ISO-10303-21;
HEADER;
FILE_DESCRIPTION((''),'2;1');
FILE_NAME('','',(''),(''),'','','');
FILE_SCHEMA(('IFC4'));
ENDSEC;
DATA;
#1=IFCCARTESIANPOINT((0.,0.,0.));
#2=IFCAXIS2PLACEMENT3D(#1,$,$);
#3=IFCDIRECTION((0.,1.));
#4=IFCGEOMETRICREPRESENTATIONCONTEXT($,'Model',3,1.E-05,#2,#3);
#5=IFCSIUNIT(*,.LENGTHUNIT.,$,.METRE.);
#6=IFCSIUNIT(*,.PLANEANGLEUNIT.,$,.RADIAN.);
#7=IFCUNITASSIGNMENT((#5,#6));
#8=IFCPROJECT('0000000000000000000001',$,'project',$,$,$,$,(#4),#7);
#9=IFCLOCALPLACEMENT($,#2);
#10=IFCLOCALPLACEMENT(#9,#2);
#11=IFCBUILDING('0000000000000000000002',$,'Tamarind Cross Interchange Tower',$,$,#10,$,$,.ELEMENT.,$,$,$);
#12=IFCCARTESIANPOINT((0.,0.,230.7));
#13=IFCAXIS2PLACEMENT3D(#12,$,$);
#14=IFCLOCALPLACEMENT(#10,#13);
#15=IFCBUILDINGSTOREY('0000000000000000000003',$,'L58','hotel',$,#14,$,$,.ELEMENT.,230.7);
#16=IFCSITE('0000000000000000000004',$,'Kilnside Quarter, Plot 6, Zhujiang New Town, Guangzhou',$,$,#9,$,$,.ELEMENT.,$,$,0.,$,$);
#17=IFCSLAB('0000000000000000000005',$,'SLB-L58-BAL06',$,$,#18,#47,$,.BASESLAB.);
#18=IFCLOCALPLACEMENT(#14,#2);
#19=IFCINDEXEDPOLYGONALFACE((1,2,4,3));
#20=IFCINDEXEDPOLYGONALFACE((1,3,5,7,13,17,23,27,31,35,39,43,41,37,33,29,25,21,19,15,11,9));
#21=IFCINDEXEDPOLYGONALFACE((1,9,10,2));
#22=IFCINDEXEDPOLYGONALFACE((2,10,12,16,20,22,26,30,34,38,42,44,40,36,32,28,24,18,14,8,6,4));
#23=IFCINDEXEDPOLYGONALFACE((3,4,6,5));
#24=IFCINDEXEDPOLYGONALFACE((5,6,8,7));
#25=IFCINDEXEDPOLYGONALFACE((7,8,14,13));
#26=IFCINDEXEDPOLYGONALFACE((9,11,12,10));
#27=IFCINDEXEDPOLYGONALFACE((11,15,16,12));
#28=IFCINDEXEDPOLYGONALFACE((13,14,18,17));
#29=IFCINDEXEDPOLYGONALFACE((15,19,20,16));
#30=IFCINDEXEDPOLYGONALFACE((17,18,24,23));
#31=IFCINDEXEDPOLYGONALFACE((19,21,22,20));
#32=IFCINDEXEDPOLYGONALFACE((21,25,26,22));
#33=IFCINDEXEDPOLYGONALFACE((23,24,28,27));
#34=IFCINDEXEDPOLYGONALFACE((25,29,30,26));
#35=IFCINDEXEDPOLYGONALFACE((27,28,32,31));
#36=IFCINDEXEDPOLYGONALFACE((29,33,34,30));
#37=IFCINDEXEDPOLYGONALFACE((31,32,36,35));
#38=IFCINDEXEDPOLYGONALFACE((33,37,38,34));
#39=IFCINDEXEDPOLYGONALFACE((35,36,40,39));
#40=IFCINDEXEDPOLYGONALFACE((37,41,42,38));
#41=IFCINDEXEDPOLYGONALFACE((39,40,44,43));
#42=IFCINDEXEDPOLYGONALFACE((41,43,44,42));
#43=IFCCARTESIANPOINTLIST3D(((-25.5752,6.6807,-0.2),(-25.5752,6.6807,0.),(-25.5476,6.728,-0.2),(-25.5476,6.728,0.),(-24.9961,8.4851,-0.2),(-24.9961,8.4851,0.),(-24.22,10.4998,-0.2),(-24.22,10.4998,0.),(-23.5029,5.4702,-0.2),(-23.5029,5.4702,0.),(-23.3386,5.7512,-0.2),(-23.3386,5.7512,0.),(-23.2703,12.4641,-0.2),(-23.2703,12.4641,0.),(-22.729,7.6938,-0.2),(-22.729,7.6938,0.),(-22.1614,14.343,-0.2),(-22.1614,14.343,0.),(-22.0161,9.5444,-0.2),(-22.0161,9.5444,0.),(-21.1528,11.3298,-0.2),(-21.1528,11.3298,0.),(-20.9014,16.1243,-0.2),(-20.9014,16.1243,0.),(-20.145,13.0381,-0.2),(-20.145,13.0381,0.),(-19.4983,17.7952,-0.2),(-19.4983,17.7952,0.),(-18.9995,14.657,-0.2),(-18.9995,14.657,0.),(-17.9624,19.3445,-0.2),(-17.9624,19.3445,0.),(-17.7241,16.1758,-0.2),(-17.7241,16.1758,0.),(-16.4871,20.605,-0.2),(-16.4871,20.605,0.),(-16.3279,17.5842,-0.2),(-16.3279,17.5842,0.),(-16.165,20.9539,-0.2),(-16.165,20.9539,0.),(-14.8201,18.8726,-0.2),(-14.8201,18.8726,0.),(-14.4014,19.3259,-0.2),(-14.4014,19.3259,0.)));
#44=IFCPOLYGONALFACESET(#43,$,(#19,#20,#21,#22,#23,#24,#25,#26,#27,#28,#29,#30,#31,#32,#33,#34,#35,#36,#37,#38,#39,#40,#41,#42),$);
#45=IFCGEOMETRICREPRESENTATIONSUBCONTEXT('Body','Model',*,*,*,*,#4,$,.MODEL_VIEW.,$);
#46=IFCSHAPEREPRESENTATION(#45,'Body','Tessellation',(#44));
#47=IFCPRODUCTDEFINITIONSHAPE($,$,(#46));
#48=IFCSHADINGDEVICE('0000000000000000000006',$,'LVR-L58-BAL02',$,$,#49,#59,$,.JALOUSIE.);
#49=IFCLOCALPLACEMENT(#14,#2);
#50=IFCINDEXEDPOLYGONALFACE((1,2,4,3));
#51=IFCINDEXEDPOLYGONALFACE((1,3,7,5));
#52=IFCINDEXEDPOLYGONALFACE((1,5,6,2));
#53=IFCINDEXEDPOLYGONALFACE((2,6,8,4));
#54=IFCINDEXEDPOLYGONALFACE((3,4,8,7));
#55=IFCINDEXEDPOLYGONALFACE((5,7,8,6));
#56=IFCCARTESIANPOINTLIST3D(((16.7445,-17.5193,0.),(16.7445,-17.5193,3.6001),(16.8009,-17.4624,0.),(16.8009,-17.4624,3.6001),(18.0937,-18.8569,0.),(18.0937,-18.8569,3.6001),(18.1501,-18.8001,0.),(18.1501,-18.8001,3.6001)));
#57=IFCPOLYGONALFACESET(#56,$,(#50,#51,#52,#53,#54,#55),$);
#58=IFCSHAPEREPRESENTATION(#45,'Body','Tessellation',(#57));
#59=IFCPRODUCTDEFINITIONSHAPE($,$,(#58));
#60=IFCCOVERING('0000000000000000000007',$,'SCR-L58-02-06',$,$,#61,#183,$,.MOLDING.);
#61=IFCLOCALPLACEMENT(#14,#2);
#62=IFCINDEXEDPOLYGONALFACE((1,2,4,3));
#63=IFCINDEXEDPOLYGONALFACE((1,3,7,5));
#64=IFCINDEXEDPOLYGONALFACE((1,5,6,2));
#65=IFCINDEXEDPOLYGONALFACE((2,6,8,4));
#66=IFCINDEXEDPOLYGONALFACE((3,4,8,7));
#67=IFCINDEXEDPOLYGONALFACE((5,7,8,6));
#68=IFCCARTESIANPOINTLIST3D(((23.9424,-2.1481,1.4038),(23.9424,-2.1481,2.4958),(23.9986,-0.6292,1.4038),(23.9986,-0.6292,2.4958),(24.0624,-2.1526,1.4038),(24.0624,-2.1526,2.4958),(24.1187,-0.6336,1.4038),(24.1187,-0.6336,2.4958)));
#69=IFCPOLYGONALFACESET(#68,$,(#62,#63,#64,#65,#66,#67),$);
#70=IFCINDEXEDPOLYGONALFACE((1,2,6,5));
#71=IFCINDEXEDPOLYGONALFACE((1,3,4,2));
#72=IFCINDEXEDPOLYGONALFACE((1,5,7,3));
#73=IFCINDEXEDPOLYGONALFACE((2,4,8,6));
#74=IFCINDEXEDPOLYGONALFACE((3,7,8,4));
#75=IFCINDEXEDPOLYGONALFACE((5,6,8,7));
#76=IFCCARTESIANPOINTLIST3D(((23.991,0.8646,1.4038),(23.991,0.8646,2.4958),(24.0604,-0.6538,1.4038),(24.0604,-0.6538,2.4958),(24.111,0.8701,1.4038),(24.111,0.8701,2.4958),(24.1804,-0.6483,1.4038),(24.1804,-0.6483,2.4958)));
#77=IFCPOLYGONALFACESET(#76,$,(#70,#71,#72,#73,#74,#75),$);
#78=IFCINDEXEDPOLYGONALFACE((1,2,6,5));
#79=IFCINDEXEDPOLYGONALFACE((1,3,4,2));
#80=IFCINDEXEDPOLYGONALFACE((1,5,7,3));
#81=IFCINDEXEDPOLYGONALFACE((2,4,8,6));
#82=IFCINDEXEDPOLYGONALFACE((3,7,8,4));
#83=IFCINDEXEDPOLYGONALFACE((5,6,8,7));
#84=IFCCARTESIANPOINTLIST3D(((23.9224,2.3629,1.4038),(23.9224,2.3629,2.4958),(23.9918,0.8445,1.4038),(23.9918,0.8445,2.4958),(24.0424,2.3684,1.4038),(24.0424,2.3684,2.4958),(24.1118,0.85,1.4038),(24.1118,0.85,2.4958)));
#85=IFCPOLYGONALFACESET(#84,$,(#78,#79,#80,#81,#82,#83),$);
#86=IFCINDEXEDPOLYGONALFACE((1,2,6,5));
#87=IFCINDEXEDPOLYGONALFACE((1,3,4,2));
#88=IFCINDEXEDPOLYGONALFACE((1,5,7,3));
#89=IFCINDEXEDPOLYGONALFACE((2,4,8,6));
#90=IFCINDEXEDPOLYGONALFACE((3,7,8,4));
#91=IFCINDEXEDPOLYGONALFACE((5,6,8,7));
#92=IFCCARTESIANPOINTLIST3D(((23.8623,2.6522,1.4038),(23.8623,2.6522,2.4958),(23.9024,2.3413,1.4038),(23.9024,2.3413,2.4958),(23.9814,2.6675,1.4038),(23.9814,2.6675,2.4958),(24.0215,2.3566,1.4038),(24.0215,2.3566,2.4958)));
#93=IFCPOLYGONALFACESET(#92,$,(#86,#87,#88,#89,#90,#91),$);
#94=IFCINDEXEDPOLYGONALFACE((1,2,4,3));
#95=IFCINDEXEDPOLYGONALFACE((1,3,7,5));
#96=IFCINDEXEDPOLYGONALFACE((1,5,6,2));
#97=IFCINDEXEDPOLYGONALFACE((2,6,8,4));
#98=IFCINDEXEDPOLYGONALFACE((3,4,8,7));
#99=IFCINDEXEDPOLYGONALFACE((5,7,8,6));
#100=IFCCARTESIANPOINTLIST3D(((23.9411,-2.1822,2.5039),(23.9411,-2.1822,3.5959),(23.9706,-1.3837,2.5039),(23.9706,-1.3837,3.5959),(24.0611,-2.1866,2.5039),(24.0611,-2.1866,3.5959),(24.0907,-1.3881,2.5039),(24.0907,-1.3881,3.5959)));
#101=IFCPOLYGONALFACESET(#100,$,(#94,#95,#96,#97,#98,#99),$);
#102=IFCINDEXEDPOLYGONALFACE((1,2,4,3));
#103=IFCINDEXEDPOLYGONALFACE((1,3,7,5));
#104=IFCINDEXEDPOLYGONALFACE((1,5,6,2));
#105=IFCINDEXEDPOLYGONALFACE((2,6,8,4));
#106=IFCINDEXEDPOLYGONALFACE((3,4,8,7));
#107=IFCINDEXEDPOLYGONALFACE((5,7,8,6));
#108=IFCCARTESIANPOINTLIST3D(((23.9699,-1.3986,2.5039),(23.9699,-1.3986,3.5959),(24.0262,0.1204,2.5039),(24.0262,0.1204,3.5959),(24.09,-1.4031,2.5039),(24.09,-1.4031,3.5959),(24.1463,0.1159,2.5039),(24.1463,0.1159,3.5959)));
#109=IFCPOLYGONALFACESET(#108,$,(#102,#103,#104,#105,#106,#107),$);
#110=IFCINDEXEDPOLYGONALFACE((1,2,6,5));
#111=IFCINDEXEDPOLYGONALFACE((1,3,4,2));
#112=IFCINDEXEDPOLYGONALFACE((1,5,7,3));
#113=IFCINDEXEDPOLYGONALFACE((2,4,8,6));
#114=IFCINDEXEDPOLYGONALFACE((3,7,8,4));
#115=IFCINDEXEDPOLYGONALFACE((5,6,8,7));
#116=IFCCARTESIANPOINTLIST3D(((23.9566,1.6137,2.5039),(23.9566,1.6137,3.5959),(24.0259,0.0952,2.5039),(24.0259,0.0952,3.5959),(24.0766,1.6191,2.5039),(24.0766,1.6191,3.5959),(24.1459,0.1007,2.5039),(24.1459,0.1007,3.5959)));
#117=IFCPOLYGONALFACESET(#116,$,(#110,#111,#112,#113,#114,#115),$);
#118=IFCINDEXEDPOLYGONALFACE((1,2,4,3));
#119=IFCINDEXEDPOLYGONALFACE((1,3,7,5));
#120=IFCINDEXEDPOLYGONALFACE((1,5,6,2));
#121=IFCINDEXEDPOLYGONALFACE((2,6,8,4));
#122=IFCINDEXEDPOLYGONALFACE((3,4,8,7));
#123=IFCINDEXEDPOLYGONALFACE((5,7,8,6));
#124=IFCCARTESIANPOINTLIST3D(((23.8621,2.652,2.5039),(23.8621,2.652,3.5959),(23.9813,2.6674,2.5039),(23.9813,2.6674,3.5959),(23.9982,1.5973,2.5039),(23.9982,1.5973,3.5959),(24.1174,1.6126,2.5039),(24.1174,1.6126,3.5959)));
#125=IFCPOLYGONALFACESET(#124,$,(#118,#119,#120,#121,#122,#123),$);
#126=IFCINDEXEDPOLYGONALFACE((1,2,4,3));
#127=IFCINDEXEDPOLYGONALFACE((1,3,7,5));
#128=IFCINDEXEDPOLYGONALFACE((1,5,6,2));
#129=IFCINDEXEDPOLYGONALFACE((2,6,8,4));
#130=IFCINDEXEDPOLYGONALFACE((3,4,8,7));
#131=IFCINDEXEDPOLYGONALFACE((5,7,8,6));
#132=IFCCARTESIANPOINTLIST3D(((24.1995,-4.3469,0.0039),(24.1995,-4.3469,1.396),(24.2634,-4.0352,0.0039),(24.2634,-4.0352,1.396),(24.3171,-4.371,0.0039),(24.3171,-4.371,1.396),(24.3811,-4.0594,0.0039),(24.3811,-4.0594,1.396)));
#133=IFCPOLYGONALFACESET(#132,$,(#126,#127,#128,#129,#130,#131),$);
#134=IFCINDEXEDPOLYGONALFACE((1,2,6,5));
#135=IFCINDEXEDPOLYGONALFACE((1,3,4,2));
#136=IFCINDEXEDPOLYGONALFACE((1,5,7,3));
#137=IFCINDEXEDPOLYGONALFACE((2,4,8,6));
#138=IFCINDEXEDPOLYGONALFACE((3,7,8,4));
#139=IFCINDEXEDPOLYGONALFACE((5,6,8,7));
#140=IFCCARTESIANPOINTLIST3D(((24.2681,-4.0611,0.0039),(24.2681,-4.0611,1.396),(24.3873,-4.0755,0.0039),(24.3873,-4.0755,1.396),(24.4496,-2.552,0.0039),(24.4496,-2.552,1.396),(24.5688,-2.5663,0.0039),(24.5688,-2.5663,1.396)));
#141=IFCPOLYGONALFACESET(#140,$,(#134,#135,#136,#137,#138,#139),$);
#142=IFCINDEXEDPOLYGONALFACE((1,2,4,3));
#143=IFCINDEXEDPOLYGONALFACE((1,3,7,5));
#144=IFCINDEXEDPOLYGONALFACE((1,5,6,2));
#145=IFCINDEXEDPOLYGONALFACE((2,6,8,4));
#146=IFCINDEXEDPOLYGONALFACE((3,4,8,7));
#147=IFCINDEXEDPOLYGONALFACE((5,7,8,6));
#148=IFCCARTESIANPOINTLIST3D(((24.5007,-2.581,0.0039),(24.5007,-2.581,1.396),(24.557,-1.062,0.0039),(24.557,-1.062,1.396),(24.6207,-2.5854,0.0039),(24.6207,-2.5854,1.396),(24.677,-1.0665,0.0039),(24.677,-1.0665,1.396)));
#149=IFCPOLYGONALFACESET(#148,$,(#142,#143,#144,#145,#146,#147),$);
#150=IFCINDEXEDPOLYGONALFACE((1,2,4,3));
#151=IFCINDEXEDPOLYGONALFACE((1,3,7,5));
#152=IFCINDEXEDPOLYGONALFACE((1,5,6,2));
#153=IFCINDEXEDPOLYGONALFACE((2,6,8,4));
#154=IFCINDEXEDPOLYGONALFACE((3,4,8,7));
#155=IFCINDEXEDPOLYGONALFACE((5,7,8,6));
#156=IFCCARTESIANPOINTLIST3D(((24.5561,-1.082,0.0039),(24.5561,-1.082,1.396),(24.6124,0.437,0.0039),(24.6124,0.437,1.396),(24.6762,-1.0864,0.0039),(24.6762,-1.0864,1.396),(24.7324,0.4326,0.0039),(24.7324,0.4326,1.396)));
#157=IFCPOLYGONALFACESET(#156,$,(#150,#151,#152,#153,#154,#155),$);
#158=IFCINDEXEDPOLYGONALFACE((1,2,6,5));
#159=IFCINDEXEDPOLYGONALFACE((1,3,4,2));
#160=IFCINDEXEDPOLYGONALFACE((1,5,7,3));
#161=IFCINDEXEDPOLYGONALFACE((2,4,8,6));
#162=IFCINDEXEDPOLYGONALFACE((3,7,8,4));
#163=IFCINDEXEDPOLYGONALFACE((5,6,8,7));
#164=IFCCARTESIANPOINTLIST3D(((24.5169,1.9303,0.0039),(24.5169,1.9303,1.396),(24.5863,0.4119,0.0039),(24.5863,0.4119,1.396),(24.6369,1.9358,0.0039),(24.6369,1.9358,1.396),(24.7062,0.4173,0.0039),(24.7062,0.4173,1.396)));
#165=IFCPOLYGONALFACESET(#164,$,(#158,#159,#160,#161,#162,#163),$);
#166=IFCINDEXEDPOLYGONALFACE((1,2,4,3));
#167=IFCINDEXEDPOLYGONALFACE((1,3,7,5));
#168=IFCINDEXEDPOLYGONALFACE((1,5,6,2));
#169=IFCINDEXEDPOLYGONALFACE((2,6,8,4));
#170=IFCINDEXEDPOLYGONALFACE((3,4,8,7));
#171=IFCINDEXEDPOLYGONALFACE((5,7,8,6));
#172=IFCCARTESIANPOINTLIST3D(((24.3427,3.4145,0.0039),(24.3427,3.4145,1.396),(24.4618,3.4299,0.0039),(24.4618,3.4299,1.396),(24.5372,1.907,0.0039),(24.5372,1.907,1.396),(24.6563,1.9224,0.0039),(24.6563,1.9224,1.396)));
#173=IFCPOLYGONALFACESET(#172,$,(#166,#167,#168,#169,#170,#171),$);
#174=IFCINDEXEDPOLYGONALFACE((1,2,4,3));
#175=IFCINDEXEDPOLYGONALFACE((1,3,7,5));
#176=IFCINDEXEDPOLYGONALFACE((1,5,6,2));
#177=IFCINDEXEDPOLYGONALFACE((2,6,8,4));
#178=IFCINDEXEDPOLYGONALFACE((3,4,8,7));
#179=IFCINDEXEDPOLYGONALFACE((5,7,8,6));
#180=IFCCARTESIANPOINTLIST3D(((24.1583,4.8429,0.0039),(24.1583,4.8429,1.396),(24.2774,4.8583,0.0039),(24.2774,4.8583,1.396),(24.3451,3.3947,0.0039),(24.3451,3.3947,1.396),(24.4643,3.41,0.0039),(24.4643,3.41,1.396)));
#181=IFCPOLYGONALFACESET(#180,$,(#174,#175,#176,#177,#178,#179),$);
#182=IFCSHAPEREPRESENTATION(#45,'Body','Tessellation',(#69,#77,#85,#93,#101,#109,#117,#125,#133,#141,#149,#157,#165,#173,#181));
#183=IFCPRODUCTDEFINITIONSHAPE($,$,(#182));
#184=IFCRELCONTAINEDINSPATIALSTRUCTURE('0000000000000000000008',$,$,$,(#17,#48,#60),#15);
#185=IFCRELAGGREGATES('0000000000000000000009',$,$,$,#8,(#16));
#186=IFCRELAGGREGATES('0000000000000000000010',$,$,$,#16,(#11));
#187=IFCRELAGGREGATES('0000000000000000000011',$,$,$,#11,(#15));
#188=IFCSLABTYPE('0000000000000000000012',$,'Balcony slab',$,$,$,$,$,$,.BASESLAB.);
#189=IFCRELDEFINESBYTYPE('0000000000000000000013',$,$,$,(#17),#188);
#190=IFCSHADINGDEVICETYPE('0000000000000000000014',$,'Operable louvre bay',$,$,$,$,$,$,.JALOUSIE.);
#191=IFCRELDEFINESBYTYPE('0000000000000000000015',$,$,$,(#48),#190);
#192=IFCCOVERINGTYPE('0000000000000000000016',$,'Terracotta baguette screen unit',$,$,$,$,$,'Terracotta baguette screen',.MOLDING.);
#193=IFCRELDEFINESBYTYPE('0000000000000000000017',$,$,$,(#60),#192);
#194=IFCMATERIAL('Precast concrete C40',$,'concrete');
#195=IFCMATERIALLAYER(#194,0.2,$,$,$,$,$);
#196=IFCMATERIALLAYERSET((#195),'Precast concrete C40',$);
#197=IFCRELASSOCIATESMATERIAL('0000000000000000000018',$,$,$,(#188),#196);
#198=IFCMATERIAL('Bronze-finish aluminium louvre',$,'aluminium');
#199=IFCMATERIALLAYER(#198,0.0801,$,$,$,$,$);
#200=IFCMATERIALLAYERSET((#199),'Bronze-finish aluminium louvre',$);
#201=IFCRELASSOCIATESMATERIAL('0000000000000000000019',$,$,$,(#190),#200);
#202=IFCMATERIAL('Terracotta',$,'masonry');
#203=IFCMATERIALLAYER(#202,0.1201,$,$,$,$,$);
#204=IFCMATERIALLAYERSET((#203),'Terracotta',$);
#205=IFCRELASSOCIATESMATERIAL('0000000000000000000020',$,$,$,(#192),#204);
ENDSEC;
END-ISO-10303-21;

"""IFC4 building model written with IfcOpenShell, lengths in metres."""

from ifc_helpers import new_model, si_unit, direction, frame, origin, origin_2d, place, context, subcontext, project, spatial, polyline, rectangle, outline, extrude, material, layer, layer_set, type_object, element, save


model = new_model("IFC4")

# Units and contexts
model_context = context("Model", 3, precision=1e-05, world=origin(), true_north=direction((0.0, 1.0)))
body_context = subcontext(model_context, "Body", "Model", "MODEL_VIEW")
ifc_project = project(units=[si_unit("LENGTHUNIT", "METRE"), si_unit("PLANEANGLEUNIT", "RADIAN")], contexts=[model_context])

# Site, building, storey
site_placement = place(None, origin())
site = spatial("IfcSite", under=ifc_project, at=site_placement, Name="Kilnside Quarter, Plot 6, Zhujiang New Town, Guangzhou", CompositionType="ELEMENT", RefElevation=0.0)
building_placement = place(site_placement, origin())
building = spatial("IfcBuilding", under=site, at=building_placement, Name="Tamarind Cross Interchange Tower", CompositionType="ELEMENT")
storey_placement = place(building_placement, frame((0.0, 0.0, 230.7)))
storey = spatial("IfcBuildingStorey", under=building, at=storey_placement, Name="L58", Description="hotel", CompositionType="ELEMENT", Elevation=230.7)

# Slab
ifc_material_1 = material(Name="Precast concrete C40", Category="concrete")
ifc_layer_1 = layer(ifc_material_1, 0.2)
ifc_layer_set_1 = layer_set([ifc_layer_1], Name="Precast concrete C40")
slab_type = type_object("IfcSlabType", Name="Balcony slab", PredefinedType="BASESLAB", material=ifc_layer_set_1)
slab_1_placement = place(storey_placement, frame((0.0, 0.0, -0.2)))
element("IfcSlab", 1, at=slab_1_placement, inside=storey, type_object=slab_type, Name="SLB-L58-BAL06", PredefinedType="BASESLAB", context=body_context, shape_type="SweptSolid", body=[
    extrude(outline(polyline([(-14.4014, 19.3259), (-14.8201, 18.8726), (-16.3279, 17.5842), (-17.7241, 16.1758), (-18.9995, 14.657), (-20.145, 13.0381), (-21.1528, 11.3298), (-22.0161, 9.5444), (-22.729, 7.6938), (-23.3386, 5.7512), (-23.5029, 5.4702), (-25.5752, 6.6807), (-25.5476, 6.728), (-24.9961, 8.4851), (-24.22, 10.4998), (-23.2703, 12.4641), (-22.1614, 14.343), (-20.9014, 16.1243), (-19.4983, 17.7952), (-17.9624, 19.3445), (-16.4871, 20.605), (-16.165, 20.9539), (-14.4014, 19.3259)])), origin(), (0.0, 0.0, 1.0), 0.2),
])

# Shading device
ifc_material_2 = material(Name="Bronze-finish aluminium louvre", Category="aluminium")
ifc_layer_2 = layer(ifc_material_2, 0.0801)
ifc_layer_set_2 = layer_set([ifc_layer_2], Name="Bronze-finish aluminium louvre")
shading_device_type = type_object("IfcShadingDeviceType", Name="Operable louvre bay", PredefinedType="JALOUSIE", material=ifc_layer_set_2)
shading_device_placement = place(storey_placement, origin())
element("IfcShadingDevice", 2, at=shading_device_placement, inside=storey, type_object=shading_device_type, Name="LVR-L58-BAL02", PredefinedType="JALOUSIE", context=body_context, shape_type="SweptSolid", body=[
    extrude(rectangle(XDim=1.8999, YDim=0.0801, at=origin_2d()), frame((17.4473, -18.1597, 0.0), z_axis=(0.0, 0.0, 1.0), x_axis=(0.710143, -0.704057, 0.0)), (0.0, 0.0, 1.0), 3.6001),
])

# Covering
ifc_material_3 = material(Name="Terracotta", Category="masonry")
ifc_layer_3 = layer(ifc_material_3, 0.1201)
ifc_layer_set_3 = layer_set([ifc_layer_3], Name="Terracotta")
covering_type = type_object("IfcCoveringType", Name="Terracotta baguette screen unit", ElementType="Terracotta baguette screen", PredefinedType="MOLDING", material=ifc_layer_set_3)
covering_1_placement = place(storey_placement, origin())
element("IfcCovering", 3, at=covering_1_placement, inside=storey, type_object=covering_type, Name="SCR-L58-02-06", PredefinedType="MOLDING", context=body_context, shape_type="SweptSolid", body=[
    extrude(rectangle(XDim=1.52, YDim=0.1201, at=origin_2d()), frame((24.0305, -1.3909, 1.4038), z_axis=(0.0, 0.0, 1.0), x_axis=(0.037025, 0.999314, 0.0)), (0.0, 0.0, 1.0), 1.092),
    extrude(rectangle(XDim=1.52, YDim=0.1201, at=origin_2d()), frame((24.0857, 0.1082, 1.4038), z_axis=(0.0, 0.0, 1.0), x_axis=(-0.045624, 0.998959, 0.0)), (0.0, 0.0, 1.0), 1.092),
    extrude(rectangle(XDim=1.52, YDim=0.1201, at=origin_2d()), frame((24.0171, 1.6064, 1.4038), z_axis=(0.0, 0.0, 1.0), x_axis=(-0.045624, 0.998959, 0.0)), (0.0, 0.0, 1.0), 1.092),
    extrude(rectangle(XDim=0.3135, YDim=0.1201, at=origin_2d()), frame((23.9419, 2.5044, 1.4038), z_axis=(0.0, 0.0, 1.0), x_axis=(-0.127962, 0.991779, 0.0)), (0.0, 0.0, 1.0), 1.092),
    extrude(rectangle(XDim=0.7991, YDim=0.1201, at=origin_2d()), frame((24.0159, -1.7852, 2.5039), z_axis=(0.0, 0.0, 1.0), x_axis=(0.037025, 0.999314, 0.0)), (0.0, 0.0, 1.0), 1.092),
    extrude(rectangle(XDim=1.52, YDim=0.1201, at=origin_2d()), frame((24.0581, -0.6414, 2.5039), z_axis=(0.0, 0.0, 1.0), x_axis=(0.037025, 0.999314, 0.0)), (0.0, 0.0, 1.0), 1.092),
    extrude(rectangle(XDim=1.52, YDim=0.1201, at=origin_2d()), frame((24.0513, 0.8572, 2.5039), z_axis=(0.0, 0.0, 1.0), x_axis=(-0.045624, 0.998959, 0.0)), (0.0, 0.0, 1.0), 1.092),
    extrude(rectangle(XDim=1.0635, YDim=0.1201, at=origin_2d()), frame((23.9897, 2.1323, 2.5039), z_axis=(0.0, 0.0, 1.0), x_axis=(-0.127962, 0.991779, 0.0)), (0.0, 0.0, 1.0), 1.092),
    extrude(rectangle(XDim=0.3181, YDim=0.1201, at=origin_2d()), frame((24.2903, -4.2031, 0.0039), z_axis=(0.0, 0.0, 1.0), x_axis=(0.201001, 0.979591, 0.0)), (0.0, 0.0, 1.0), 1.3921),
    extrude(rectangle(XDim=1.52, YDim=0.1201, at=origin_2d()), frame((24.4185, -3.3137, 0.0039), z_axis=(0.0, 0.0, 1.0), x_axis=(0.119421, 0.992844, 0.0)), (0.0, 0.0, 1.0), 1.3921),
    extrude(rectangle(XDim=1.52, YDim=0.1201, at=origin_2d()), frame((24.5889, -1.8237, 0.0039), z_axis=(0.0, 0.0, 1.0), x_axis=(0.037025, 0.999314, 0.0)), (0.0, 0.0, 1.0), 1.3921),
    extrude(rectangle(XDim=1.52, YDim=0.1201, at=origin_2d()), frame((24.6443, -0.3247, 0.0039), z_axis=(0.0, 0.0, 1.0), x_axis=(0.037025, 0.999314, 0.0)), (0.0, 0.0, 1.0), 1.3921),
    extrude(rectangle(XDim=1.52, YDim=0.1201, at=origin_2d()), frame((24.6116, 1.1738, 0.0039), z_axis=(0.0, 0.0, 1.0), x_axis=(-0.045624, 0.998959, 0.0)), (0.0, 0.0, 1.0), 1.3921),
    extrude(rectangle(XDim=1.52, YDim=0.1201, at=origin_2d()), frame((24.4995, 2.6685, 0.0039), z_axis=(0.0, 0.0, 1.0), x_axis=(-0.127962, 0.991779, 0.0)), (0.0, 0.0, 1.0), 1.3921),
    extrude(rectangle(XDim=1.4602, YDim=0.1201, at=origin_2d()), frame((24.3113, 4.1265, 0.0039), z_axis=(0.0, 0.0, 1.0), x_axis=(-0.127962, 0.991779, 0.0)), (0.0, 0.0, 1.0), 1.3921),
])

save(model, "model.ifc")
